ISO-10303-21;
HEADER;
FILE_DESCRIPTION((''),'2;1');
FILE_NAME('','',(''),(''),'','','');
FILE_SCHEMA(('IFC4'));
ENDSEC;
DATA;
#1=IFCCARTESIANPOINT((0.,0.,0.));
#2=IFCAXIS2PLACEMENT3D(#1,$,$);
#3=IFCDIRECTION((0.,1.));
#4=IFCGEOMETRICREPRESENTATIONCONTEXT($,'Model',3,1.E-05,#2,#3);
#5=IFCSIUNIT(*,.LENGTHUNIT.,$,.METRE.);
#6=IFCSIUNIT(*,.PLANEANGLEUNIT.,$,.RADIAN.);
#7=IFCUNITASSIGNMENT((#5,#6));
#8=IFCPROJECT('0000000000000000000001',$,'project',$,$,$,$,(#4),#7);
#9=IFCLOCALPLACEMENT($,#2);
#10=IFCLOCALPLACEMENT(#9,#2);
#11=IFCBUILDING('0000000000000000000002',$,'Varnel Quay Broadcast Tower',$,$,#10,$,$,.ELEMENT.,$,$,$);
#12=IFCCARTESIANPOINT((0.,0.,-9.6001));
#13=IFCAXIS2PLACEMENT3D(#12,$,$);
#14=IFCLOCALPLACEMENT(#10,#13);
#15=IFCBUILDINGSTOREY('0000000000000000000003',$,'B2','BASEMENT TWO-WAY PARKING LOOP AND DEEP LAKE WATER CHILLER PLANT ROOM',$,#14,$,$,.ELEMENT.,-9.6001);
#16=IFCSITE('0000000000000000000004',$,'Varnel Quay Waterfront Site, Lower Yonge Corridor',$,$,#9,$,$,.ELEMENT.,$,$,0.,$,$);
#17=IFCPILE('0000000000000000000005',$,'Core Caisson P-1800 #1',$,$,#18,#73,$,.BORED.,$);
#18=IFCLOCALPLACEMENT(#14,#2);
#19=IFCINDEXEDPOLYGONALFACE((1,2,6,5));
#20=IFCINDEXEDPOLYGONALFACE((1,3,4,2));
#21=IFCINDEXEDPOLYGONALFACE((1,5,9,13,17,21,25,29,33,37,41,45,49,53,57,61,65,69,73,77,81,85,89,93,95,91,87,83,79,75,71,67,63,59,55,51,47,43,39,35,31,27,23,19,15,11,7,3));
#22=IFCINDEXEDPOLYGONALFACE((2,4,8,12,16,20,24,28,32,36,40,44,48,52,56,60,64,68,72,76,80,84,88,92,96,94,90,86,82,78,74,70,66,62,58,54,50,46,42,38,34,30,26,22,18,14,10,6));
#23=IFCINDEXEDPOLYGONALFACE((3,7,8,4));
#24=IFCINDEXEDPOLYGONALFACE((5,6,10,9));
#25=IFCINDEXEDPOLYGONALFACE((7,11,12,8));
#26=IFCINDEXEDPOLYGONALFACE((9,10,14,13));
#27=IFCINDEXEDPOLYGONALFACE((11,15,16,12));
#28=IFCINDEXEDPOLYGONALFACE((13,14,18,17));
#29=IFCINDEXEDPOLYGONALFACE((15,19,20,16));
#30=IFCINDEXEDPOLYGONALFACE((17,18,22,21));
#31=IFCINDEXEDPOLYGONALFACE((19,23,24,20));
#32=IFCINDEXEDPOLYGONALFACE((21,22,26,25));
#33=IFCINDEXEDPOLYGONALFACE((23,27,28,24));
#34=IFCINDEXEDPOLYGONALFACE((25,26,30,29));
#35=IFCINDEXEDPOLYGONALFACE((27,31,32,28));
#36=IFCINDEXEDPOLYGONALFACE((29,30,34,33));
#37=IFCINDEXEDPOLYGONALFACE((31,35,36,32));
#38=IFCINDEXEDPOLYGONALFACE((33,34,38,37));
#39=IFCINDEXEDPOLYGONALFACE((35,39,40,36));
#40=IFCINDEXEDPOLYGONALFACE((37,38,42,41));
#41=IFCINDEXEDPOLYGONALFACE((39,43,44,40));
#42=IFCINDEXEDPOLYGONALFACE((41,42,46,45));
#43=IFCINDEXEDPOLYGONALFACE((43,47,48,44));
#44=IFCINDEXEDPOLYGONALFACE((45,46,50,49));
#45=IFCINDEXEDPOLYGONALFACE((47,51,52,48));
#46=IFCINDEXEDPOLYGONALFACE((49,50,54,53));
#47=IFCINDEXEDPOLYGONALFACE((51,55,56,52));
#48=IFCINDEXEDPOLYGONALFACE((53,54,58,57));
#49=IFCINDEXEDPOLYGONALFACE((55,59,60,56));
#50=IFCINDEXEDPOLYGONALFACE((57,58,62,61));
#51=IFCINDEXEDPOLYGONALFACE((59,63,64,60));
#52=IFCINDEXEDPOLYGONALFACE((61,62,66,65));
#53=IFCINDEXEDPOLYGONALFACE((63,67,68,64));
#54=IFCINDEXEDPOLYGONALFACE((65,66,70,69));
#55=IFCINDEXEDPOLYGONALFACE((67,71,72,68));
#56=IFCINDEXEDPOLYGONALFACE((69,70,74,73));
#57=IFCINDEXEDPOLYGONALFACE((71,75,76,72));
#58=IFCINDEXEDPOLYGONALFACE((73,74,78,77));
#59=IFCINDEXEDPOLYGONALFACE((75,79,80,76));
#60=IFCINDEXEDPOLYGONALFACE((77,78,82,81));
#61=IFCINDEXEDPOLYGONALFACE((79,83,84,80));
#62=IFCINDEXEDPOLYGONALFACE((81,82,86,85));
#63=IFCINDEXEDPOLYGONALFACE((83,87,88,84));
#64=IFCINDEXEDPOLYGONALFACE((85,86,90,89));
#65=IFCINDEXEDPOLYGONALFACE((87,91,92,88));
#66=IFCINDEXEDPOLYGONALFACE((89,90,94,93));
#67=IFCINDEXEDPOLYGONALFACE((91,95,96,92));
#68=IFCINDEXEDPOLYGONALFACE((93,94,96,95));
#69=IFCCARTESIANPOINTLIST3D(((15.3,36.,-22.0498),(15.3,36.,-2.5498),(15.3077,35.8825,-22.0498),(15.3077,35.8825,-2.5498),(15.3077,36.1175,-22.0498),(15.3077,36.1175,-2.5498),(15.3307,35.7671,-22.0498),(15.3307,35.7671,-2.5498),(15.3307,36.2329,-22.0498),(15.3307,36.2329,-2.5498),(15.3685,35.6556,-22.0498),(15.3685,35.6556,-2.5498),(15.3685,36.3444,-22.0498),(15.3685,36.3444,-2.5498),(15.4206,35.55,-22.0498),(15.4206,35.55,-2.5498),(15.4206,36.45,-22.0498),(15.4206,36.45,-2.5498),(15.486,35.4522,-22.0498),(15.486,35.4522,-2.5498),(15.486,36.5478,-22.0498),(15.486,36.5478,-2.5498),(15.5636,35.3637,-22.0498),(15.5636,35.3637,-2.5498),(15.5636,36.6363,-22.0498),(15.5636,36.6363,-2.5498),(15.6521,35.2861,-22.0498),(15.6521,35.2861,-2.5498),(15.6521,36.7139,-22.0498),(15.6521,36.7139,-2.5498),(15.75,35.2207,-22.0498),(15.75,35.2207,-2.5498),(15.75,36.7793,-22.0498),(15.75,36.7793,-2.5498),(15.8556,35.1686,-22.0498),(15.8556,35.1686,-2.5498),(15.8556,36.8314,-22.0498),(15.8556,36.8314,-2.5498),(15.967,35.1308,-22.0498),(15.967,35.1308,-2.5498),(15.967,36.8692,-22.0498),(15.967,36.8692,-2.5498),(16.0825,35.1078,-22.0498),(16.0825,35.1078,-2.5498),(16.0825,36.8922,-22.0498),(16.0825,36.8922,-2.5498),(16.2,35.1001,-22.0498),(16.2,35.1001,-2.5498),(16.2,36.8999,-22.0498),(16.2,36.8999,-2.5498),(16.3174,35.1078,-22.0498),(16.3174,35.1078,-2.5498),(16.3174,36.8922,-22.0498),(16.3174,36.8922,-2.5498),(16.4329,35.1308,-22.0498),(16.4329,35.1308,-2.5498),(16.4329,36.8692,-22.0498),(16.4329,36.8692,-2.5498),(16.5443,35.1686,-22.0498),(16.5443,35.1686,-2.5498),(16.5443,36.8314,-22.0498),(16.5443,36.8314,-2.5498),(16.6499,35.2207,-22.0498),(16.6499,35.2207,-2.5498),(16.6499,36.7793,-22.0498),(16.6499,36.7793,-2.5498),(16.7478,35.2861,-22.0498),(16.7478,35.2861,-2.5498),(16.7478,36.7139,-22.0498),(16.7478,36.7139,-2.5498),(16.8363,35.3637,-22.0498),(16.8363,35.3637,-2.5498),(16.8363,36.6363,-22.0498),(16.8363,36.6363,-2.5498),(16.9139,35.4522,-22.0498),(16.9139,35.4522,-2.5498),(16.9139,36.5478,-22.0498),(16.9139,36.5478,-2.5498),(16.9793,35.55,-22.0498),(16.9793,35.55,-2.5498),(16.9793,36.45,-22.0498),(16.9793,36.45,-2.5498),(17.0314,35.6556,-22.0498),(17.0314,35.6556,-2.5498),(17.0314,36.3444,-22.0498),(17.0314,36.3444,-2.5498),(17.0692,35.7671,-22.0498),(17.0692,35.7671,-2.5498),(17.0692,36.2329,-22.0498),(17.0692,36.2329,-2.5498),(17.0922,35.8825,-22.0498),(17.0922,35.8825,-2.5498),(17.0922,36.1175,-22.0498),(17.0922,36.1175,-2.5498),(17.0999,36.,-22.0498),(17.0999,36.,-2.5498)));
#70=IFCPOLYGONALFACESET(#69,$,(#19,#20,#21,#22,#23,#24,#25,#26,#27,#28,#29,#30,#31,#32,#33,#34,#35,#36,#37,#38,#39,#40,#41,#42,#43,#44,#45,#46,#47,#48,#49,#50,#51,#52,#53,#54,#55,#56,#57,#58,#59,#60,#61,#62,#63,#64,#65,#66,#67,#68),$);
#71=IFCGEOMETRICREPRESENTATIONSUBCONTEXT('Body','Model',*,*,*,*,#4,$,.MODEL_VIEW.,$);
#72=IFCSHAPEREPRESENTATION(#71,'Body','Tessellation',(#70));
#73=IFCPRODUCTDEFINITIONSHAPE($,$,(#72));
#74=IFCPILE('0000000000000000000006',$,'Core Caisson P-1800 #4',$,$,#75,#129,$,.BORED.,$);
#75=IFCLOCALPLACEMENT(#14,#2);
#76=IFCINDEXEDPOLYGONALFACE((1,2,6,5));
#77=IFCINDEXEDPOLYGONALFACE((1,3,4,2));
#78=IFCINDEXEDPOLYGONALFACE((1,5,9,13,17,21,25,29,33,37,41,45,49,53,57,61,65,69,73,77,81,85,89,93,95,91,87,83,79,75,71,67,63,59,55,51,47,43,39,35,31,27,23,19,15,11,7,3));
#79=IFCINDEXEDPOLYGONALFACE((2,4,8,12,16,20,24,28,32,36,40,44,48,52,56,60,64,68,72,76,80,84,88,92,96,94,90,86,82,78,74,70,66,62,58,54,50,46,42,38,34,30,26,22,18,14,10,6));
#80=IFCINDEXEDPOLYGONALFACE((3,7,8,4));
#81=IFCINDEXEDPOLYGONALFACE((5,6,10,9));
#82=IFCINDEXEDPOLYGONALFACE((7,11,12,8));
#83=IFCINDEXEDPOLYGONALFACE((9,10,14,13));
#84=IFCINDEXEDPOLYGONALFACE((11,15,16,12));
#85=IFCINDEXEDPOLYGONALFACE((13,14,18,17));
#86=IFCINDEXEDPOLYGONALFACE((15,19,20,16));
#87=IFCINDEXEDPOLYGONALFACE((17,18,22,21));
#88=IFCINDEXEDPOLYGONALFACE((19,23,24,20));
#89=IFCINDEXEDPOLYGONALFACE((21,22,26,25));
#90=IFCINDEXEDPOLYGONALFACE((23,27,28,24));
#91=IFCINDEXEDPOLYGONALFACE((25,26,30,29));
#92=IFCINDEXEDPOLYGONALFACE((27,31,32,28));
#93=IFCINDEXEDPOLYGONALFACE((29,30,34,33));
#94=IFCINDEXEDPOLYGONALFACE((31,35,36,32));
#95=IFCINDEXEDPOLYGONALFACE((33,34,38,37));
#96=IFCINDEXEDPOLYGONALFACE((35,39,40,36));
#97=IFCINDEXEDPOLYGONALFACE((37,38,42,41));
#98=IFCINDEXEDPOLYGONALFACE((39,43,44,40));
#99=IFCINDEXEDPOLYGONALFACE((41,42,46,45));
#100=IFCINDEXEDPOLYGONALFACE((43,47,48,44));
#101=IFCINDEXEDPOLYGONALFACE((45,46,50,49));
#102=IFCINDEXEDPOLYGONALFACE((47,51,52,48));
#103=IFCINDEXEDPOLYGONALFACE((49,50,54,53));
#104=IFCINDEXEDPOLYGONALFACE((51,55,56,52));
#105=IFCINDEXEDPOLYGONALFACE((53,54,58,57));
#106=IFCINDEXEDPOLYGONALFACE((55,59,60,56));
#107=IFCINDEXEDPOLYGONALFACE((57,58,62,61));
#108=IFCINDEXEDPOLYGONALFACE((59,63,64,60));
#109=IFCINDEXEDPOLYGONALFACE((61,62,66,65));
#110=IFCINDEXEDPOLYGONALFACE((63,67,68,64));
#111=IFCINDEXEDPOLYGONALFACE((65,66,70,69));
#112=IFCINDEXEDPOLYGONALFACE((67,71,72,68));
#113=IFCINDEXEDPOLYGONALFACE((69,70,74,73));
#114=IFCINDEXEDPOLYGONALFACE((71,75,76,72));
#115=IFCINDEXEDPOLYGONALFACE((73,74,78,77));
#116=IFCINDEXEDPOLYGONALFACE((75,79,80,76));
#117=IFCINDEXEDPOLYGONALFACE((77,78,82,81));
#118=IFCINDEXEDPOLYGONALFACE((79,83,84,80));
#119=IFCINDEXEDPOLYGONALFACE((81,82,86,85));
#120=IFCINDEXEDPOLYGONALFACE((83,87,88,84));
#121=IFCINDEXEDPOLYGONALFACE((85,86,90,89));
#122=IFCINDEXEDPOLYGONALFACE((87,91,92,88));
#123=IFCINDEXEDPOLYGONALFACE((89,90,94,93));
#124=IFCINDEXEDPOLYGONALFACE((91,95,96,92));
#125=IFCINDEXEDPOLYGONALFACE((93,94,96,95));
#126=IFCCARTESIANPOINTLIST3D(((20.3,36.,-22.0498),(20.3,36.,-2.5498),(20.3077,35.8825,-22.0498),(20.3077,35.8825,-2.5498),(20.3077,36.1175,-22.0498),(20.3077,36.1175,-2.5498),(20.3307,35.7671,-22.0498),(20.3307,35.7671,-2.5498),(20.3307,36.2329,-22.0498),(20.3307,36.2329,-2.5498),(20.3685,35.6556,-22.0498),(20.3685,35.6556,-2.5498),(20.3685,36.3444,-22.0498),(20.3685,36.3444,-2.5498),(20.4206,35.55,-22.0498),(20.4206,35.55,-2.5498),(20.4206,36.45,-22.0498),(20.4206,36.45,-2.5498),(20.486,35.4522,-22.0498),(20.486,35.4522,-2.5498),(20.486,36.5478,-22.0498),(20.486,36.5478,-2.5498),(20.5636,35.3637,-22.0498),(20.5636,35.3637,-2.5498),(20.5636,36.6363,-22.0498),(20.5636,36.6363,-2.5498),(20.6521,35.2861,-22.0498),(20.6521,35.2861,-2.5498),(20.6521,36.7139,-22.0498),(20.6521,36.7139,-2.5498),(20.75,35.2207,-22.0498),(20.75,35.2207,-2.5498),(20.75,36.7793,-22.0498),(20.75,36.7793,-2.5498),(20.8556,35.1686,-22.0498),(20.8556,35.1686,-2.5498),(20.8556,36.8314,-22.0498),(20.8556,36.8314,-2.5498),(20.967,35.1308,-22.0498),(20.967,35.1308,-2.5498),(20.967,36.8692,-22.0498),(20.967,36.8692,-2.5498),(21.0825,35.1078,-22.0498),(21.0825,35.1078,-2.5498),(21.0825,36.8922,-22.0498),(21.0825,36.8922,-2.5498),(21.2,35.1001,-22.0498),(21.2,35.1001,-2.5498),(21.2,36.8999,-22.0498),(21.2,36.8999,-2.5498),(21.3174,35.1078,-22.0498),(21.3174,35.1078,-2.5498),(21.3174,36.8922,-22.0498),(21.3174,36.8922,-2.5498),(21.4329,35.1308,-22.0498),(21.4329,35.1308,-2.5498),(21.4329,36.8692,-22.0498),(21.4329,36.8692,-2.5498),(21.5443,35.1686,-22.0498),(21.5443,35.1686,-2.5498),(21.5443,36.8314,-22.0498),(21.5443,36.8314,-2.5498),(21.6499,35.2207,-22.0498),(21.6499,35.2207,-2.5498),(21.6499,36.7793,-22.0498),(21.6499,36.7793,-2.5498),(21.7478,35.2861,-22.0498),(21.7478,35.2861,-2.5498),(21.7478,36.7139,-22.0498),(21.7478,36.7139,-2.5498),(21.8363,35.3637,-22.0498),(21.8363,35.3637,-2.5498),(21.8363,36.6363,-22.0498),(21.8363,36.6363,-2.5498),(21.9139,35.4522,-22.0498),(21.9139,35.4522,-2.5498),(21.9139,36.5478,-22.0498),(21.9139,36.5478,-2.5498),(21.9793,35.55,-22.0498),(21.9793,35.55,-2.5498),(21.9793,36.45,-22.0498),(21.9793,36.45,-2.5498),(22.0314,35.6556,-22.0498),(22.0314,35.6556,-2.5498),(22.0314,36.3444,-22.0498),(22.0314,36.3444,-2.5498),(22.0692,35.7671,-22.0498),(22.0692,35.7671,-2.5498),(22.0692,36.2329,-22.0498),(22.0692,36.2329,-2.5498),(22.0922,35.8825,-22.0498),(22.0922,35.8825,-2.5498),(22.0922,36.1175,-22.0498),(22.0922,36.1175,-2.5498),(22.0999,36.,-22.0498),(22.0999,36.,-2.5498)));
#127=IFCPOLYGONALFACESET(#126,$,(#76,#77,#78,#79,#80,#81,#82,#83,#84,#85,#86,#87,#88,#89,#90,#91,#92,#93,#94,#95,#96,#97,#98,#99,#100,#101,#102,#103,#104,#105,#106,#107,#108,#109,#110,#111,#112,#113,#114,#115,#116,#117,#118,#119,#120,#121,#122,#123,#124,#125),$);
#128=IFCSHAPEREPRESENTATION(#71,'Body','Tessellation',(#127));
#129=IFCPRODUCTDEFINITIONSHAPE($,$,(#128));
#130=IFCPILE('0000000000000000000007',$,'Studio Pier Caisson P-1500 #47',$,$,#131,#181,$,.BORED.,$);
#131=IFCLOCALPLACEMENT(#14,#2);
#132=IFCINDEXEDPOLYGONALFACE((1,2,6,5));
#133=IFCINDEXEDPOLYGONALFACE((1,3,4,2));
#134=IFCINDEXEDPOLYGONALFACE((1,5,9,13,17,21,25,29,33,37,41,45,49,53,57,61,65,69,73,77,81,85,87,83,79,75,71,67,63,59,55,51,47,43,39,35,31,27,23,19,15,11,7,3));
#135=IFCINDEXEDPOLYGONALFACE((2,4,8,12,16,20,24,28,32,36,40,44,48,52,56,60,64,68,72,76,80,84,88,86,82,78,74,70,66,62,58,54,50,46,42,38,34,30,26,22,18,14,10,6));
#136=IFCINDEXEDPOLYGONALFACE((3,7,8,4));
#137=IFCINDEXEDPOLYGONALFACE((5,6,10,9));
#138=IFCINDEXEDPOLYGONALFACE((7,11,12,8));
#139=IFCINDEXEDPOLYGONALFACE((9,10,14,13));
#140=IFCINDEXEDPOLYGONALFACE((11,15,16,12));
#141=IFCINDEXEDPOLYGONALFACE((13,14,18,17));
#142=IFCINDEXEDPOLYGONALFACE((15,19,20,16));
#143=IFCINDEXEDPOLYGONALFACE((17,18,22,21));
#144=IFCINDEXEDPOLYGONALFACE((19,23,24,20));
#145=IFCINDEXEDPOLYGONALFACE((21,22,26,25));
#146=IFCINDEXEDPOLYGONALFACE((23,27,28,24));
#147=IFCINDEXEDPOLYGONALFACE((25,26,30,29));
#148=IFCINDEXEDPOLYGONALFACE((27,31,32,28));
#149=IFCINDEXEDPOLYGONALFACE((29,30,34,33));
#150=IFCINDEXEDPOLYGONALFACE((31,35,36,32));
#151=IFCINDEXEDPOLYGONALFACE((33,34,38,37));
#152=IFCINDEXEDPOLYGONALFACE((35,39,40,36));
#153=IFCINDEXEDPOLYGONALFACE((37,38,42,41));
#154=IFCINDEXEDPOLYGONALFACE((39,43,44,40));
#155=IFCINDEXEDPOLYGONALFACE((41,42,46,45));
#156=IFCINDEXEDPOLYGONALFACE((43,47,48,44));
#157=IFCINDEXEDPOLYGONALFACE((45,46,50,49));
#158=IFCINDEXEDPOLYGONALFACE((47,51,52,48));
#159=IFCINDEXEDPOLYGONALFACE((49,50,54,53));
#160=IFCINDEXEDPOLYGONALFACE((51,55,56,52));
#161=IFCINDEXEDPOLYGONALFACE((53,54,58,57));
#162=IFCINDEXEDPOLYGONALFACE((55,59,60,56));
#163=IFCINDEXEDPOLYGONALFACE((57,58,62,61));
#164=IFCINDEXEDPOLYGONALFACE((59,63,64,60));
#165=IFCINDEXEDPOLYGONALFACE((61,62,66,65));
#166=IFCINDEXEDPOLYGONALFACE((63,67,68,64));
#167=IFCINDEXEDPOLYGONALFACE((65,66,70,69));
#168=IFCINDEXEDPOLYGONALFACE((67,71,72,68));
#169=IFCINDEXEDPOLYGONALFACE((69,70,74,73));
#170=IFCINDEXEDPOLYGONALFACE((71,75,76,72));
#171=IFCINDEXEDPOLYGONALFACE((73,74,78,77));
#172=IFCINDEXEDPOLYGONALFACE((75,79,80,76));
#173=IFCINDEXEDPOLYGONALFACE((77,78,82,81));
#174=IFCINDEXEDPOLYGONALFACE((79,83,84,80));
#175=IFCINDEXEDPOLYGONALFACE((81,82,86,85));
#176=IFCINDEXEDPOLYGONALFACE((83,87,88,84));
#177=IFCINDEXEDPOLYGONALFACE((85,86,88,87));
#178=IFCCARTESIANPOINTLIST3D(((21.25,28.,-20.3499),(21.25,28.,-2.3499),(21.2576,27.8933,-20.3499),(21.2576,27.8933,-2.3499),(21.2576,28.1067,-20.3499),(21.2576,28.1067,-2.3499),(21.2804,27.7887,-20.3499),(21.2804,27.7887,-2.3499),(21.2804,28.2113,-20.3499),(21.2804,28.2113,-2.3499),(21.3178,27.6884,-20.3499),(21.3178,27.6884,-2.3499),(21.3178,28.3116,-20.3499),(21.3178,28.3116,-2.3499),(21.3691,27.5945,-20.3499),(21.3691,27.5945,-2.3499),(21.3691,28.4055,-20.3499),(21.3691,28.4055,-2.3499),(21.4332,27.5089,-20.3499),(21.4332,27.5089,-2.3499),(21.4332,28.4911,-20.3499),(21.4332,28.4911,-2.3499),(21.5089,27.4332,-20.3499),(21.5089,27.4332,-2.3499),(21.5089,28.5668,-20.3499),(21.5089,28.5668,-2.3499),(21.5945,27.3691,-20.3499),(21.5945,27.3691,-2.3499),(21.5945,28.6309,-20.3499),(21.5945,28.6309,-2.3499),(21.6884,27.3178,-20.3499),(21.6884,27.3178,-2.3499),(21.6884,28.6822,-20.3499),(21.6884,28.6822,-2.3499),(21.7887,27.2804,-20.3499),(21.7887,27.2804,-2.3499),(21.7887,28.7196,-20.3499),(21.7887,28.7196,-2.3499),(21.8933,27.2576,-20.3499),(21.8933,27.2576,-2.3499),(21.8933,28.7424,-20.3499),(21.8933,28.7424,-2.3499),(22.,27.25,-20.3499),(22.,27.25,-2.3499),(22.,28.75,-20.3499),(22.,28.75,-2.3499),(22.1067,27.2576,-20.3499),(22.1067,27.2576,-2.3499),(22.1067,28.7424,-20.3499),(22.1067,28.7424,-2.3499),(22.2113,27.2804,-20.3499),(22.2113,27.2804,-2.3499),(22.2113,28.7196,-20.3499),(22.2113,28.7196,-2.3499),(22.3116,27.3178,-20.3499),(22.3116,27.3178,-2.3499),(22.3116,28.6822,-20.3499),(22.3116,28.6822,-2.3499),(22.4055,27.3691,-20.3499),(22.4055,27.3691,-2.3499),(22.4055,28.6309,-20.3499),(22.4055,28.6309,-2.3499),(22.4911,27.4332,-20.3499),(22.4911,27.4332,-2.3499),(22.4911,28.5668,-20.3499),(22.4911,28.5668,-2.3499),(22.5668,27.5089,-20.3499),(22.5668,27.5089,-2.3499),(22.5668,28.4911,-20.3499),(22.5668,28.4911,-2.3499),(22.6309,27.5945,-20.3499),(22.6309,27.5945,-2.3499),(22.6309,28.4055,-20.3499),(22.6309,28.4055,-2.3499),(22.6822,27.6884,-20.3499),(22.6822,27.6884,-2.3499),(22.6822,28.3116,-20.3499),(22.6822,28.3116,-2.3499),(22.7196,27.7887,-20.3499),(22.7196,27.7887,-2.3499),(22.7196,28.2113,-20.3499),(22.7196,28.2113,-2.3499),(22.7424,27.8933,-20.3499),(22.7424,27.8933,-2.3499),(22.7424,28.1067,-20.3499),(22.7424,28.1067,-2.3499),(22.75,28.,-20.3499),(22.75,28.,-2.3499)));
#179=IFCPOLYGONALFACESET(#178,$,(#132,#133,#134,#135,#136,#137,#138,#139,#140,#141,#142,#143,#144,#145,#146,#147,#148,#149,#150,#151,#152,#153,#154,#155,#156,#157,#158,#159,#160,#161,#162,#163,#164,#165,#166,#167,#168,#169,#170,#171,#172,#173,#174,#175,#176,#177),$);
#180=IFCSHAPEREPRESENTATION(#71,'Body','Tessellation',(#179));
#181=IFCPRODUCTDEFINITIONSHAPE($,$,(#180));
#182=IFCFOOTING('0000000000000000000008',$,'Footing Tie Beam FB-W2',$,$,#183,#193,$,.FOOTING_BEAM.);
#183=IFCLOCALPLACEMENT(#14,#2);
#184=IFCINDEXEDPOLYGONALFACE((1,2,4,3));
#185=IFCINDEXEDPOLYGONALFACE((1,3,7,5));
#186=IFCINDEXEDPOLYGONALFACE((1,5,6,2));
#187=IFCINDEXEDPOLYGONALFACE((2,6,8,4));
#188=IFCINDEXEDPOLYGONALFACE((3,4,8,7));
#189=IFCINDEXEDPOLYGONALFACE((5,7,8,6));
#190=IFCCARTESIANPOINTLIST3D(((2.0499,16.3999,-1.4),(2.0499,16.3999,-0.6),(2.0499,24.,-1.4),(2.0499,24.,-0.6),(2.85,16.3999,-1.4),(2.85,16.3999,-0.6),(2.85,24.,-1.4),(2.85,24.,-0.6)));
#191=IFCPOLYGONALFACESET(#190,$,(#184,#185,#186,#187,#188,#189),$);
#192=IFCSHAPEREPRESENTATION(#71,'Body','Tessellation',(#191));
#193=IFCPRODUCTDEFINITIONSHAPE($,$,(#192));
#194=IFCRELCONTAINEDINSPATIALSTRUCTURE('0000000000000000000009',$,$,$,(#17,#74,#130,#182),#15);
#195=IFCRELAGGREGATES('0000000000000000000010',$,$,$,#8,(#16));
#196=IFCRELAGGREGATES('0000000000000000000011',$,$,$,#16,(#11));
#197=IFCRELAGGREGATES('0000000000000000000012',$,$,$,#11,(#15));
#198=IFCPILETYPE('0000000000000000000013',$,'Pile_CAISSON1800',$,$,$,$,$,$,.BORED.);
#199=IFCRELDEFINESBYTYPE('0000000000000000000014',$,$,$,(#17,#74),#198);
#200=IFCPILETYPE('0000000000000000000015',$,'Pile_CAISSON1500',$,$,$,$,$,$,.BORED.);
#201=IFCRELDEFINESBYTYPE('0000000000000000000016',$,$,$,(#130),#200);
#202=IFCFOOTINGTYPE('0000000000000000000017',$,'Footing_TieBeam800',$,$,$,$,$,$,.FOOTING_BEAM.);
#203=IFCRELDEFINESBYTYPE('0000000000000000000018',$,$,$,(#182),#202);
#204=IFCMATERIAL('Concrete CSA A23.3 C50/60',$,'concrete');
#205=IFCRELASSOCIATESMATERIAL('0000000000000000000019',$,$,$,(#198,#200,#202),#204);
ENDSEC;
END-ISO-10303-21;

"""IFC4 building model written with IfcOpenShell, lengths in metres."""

from ifc_helpers import new_model, si_unit, direction, frame, origin, origin_2d, place, context, subcontext, project, spatial, rectangle, circle, extrude, source, transform, mapped, material, material_profile, profile_set, type_object, type_shapes, element, save


model = new_model("IFC4")

# Units and contexts
model_context = context("Model", 3, precision=1e-05, world=origin(), true_north=direction((0.0, 1.0)))
body_context = subcontext(model_context, "Body", "Model", "MODEL_VIEW")
ifc_project = project(units=[si_unit("LENGTHUNIT", "METRE"), si_unit("PLANEANGLEUNIT", "RADIAN")], contexts=[model_context])

# Site, building, storey
site_placement = place(None, origin())
site = spatial("IfcSite", under=ifc_project, at=site_placement, Name="Varnel Quay Waterfront Site, Lower Yonge Corridor", CompositionType="ELEMENT", RefElevation=0.0)
building_placement = place(site_placement, origin())
building = spatial("IfcBuilding", under=site, at=building_placement, Name="Varnel Quay Broadcast Tower", CompositionType="ELEMENT")
storey_placement = place(building_placement, frame((0.0, 0.0, -9.6001)))
storey = spatial("IfcBuildingStorey", under=building, at=storey_placement, Name="B2", Description="BASEMENT TWO-WAY PARKING LOOP AND DEEP LAKE WATER CHILLER PLANT ROOM", CompositionType="ELEMENT", Elevation=-9.6001)

# Piles
ifc_material_1 = material(Name="Concrete CSA A23.3 C50/60", Category="concrete")
ifc_material_profile_1 = material_profile(ifc_material_1, circle(Radius=0.8999, at=origin_2d()), Name="CAISSON1800")
ifc_profile_set_1 = profile_set([ifc_material_profile_1], Name="Concrete CSA A23.3 C50/60")
pile_type_1 = type_object("IfcPileType", Name="Pile_CAISSON1800", PredefinedType="BORED", material=ifc_profile_set_1)
shared_shape_1 = source(origin(), body_context, "Body", "SweptSolid", [
    extrude(circle(Radius=0.8999, at=origin_2d()), origin(), (0.0, 0.0, 1.0), 19.5),
])
type_shapes(pile_type_1, [shared_shape_1])
for number, where, z_axis, x_axis, name in (
    (1, (16.2, 36.0, -2.5498), (0.0, 0.0, -1.0), (1.0, 0.0, 0.0), "Core Caisson P-1800 #1"),
    (2, (21.2, 36.0, -2.5498), (0.0, 0.0, -1.0), (1.0, 0.0, 0.0), "Core Caisson P-1800 #4"),
):
    element("IfcPile", number, at=place(storey_placement, frame(where, z_axis=z_axis, x_axis=x_axis)), inside=storey, type_object=pile_type_1, Name=name, PredefinedType="BORED", context=body_context, shape_type="MappedRepresentation", body=[
        mapped(shared_shape_1, transform((0.0, 0.0, 0.0), x_axis=(1.0, 0.0, 0.0), y_axis=(0.0, 1.0, 0.0), z_axis=(0.0, 0.0, 1.0), scale=1.0)),
    ])
ifc_material_profile_2 = material_profile(ifc_material_1, circle(Radius=0.75, at=origin_2d()), Name="CAISSON1500")
ifc_profile_set_2 = profile_set([ifc_material_profile_2], Name="Concrete CSA A23.3 C50/60")
pile_type_2 = type_object("IfcPileType", Name="Pile_CAISSON1500", PredefinedType="BORED", material=ifc_profile_set_2)
shared_shape_2 = source(origin(), body_context, "Body", "SweptSolid", [
    extrude(circle(Radius=0.75, at=origin_2d()), origin(), (0.0, 0.0, 1.0), 18.0),
])
type_shapes(pile_type_2, [shared_shape_2])
pile_placement = place(storey_placement, frame((22.0, 28.0, -2.3499), z_axis=(0.0, 0.0, -1.0), x_axis=(1.0, 0.0, 0.0)))
element("IfcPile", 3, at=pile_placement, inside=storey, type_object=pile_type_2, Name="Studio Pier Caisson P-1500 #47", PredefinedType="BORED", context=body_context, shape_type="MappedRepresentation", body=[
    mapped(shared_shape_2, transform((0.0, 0.0, 0.0), x_axis=(1.0, 0.0, 0.0), y_axis=(0.0, 1.0, 0.0), z_axis=(0.0, 0.0, 1.0), scale=1.0)),
])

# Footing
ifc_material_profile_3 = material_profile(ifc_material_1, rectangle(XDim=0.8, YDim=0.8, at=origin_2d()), Name="RC800X800")
ifc_profile_set_3 = profile_set([ifc_material_profile_3], Name="Concrete CSA A23.3 C50/60")
footing_type = type_object("IfcFootingType", Name="Footing_TieBeam800", PredefinedType="FOOTING_BEAM", material=ifc_profile_set_3)
shared_shape_3 = source(origin(), body_context, "Body", "SweptSolid", [
    extrude(rectangle(XDim=0.8, YDim=0.8, at=origin_2d()), origin(), (0.0, 0.0, 1.0), 7.6001),
])
footing_1_placement = place(storey_placement, frame((2.45, 16.3999, -1.0), z_axis=(0.0, 1.0, 0.0), x_axis=(-1.0, 0.0, 0.0)))
element("IfcFooting", 4, at=footing_1_placement, inside=storey, type_object=footing_type, Name="Footing Tie Beam FB-W2", PredefinedType="FOOTING_BEAM", context=body_context, shape_type="MappedRepresentation", body=[
    mapped(shared_shape_3, transform((0.0, 0.0, 0.0), x_axis=(1.0, 0.0, 0.0), y_axis=(0.0, 1.0, 0.0), z_axis=(0.0, 0.0, 1.0), scale=1.0)),
])

save(model, "model.ifc")
